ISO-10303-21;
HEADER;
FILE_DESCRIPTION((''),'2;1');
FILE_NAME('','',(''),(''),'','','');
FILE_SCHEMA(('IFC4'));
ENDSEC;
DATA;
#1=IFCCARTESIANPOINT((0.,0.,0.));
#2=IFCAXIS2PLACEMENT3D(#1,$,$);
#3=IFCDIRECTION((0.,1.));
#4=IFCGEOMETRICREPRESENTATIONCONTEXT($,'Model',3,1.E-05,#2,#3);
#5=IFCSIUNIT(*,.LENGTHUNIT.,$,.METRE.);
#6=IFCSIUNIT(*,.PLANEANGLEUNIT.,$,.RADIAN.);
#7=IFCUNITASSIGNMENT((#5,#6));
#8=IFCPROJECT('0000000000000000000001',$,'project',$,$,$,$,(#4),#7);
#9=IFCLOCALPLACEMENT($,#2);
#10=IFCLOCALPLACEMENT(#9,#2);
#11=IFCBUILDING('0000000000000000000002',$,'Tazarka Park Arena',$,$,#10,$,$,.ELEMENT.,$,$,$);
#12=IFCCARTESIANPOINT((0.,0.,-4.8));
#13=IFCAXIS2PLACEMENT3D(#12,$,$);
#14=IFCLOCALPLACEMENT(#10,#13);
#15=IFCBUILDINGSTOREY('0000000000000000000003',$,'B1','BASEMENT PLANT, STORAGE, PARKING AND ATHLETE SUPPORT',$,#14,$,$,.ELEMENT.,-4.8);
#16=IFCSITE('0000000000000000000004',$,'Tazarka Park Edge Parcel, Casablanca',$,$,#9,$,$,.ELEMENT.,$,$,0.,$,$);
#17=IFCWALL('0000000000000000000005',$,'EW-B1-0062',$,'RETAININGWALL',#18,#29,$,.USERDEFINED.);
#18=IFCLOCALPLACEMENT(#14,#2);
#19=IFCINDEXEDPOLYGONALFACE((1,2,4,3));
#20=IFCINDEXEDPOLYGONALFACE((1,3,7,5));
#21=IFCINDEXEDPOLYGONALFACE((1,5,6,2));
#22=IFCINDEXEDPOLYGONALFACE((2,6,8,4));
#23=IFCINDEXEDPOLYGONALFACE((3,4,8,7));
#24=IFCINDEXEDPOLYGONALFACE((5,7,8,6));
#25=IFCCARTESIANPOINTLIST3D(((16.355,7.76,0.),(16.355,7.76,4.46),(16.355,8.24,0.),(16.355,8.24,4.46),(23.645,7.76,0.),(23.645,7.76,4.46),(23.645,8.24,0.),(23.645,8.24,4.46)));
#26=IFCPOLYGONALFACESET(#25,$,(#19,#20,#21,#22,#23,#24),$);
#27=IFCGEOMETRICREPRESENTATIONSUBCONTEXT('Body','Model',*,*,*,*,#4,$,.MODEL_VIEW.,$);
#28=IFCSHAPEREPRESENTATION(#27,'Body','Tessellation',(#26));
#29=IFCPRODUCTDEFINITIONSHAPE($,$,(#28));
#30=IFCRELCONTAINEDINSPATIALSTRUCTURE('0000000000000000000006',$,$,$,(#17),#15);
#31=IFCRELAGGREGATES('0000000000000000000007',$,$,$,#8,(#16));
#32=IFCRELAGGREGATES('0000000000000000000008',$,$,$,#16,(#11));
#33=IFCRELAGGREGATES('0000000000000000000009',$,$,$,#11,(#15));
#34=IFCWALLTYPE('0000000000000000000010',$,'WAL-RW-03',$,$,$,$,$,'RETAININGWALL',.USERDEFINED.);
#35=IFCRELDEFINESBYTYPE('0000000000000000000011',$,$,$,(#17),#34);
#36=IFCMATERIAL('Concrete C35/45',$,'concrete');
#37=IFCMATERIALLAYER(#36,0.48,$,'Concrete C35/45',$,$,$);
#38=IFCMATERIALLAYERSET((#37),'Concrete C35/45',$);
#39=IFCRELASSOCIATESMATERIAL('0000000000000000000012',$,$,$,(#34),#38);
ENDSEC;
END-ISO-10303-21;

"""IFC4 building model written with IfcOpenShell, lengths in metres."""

from ifc_helpers import new_model, si_unit, direction, frame, frame_2d, origin, place, context, subcontext, project, spatial, rectangle, extrude, material, layer, layer_set, type_object, element, save


model = new_model("IFC4")

# Units and contexts
model_context = context("Model", 3, precision=1e-05, world=origin(), true_north=direction((0.0, 1.0)))
body_context = subcontext(model_context, "Body", "Model", "MODEL_VIEW")
ifc_project = project(units=[si_unit("LENGTHUNIT", "METRE"), si_unit("PLANEANGLEUNIT", "RADIAN")], contexts=[model_context])

# Site, building, storey
site_placement = place(None, origin())
site = spatial("IfcSite", under=ifc_project, at=site_placement, Name="Tazarka Park Edge Parcel, Casablanca", CompositionType="ELEMENT", RefElevation=0.0)
building_placement = place(site_placement, origin())
building = spatial("IfcBuilding", under=site, at=building_placement, Name="Tazarka Park Arena", CompositionType="ELEMENT")
storey_placement = place(building_placement, frame((0.0, 0.0, -4.8)))
storey = spatial("IfcBuildingStorey", under=building, at=storey_placement, Name="B1", Description="BASEMENT PLANT, STORAGE, PARKING AND ATHLETE SUPPORT", CompositionType="ELEMENT", Elevation=-4.8)

# Wall
ifc_material_1 = material(Name="Concrete C35/45", Category="concrete")
ifc_layer_1 = layer(ifc_material_1, 0.48, Name="Concrete C35/45")
ifc_layer_set_1 = layer_set([ifc_layer_1], Name="Concrete C35/45")
wall_type_1 = type_object("IfcWallType", Name="WAL-RW-03", ElementType="RETAININGWALL", PredefinedType="USERDEFINED", material=ifc_layer_set_1)
wall_1_placement = place(storey_placement, frame((23.645, 8.0, 0.0), z_axis=(0.0, 0.0, 1.0), x_axis=(-1.0, 0.0, 0.0)))
element("IfcWall", 1, at=wall_1_placement, inside=storey, type_object=wall_type_1, Name="EW-B1-0062", ObjectType="RETAININGWALL", PredefinedType="USERDEFINED", context=body_context, shape_type="SweptSolid", body=[
    extrude(rectangle(XDim=7.29, YDim=0.48, at=frame_2d((3.645, 0.0))), origin(), (0.0, 0.0, 1.0), 4.46),
])

save(model, "model.ifc")
